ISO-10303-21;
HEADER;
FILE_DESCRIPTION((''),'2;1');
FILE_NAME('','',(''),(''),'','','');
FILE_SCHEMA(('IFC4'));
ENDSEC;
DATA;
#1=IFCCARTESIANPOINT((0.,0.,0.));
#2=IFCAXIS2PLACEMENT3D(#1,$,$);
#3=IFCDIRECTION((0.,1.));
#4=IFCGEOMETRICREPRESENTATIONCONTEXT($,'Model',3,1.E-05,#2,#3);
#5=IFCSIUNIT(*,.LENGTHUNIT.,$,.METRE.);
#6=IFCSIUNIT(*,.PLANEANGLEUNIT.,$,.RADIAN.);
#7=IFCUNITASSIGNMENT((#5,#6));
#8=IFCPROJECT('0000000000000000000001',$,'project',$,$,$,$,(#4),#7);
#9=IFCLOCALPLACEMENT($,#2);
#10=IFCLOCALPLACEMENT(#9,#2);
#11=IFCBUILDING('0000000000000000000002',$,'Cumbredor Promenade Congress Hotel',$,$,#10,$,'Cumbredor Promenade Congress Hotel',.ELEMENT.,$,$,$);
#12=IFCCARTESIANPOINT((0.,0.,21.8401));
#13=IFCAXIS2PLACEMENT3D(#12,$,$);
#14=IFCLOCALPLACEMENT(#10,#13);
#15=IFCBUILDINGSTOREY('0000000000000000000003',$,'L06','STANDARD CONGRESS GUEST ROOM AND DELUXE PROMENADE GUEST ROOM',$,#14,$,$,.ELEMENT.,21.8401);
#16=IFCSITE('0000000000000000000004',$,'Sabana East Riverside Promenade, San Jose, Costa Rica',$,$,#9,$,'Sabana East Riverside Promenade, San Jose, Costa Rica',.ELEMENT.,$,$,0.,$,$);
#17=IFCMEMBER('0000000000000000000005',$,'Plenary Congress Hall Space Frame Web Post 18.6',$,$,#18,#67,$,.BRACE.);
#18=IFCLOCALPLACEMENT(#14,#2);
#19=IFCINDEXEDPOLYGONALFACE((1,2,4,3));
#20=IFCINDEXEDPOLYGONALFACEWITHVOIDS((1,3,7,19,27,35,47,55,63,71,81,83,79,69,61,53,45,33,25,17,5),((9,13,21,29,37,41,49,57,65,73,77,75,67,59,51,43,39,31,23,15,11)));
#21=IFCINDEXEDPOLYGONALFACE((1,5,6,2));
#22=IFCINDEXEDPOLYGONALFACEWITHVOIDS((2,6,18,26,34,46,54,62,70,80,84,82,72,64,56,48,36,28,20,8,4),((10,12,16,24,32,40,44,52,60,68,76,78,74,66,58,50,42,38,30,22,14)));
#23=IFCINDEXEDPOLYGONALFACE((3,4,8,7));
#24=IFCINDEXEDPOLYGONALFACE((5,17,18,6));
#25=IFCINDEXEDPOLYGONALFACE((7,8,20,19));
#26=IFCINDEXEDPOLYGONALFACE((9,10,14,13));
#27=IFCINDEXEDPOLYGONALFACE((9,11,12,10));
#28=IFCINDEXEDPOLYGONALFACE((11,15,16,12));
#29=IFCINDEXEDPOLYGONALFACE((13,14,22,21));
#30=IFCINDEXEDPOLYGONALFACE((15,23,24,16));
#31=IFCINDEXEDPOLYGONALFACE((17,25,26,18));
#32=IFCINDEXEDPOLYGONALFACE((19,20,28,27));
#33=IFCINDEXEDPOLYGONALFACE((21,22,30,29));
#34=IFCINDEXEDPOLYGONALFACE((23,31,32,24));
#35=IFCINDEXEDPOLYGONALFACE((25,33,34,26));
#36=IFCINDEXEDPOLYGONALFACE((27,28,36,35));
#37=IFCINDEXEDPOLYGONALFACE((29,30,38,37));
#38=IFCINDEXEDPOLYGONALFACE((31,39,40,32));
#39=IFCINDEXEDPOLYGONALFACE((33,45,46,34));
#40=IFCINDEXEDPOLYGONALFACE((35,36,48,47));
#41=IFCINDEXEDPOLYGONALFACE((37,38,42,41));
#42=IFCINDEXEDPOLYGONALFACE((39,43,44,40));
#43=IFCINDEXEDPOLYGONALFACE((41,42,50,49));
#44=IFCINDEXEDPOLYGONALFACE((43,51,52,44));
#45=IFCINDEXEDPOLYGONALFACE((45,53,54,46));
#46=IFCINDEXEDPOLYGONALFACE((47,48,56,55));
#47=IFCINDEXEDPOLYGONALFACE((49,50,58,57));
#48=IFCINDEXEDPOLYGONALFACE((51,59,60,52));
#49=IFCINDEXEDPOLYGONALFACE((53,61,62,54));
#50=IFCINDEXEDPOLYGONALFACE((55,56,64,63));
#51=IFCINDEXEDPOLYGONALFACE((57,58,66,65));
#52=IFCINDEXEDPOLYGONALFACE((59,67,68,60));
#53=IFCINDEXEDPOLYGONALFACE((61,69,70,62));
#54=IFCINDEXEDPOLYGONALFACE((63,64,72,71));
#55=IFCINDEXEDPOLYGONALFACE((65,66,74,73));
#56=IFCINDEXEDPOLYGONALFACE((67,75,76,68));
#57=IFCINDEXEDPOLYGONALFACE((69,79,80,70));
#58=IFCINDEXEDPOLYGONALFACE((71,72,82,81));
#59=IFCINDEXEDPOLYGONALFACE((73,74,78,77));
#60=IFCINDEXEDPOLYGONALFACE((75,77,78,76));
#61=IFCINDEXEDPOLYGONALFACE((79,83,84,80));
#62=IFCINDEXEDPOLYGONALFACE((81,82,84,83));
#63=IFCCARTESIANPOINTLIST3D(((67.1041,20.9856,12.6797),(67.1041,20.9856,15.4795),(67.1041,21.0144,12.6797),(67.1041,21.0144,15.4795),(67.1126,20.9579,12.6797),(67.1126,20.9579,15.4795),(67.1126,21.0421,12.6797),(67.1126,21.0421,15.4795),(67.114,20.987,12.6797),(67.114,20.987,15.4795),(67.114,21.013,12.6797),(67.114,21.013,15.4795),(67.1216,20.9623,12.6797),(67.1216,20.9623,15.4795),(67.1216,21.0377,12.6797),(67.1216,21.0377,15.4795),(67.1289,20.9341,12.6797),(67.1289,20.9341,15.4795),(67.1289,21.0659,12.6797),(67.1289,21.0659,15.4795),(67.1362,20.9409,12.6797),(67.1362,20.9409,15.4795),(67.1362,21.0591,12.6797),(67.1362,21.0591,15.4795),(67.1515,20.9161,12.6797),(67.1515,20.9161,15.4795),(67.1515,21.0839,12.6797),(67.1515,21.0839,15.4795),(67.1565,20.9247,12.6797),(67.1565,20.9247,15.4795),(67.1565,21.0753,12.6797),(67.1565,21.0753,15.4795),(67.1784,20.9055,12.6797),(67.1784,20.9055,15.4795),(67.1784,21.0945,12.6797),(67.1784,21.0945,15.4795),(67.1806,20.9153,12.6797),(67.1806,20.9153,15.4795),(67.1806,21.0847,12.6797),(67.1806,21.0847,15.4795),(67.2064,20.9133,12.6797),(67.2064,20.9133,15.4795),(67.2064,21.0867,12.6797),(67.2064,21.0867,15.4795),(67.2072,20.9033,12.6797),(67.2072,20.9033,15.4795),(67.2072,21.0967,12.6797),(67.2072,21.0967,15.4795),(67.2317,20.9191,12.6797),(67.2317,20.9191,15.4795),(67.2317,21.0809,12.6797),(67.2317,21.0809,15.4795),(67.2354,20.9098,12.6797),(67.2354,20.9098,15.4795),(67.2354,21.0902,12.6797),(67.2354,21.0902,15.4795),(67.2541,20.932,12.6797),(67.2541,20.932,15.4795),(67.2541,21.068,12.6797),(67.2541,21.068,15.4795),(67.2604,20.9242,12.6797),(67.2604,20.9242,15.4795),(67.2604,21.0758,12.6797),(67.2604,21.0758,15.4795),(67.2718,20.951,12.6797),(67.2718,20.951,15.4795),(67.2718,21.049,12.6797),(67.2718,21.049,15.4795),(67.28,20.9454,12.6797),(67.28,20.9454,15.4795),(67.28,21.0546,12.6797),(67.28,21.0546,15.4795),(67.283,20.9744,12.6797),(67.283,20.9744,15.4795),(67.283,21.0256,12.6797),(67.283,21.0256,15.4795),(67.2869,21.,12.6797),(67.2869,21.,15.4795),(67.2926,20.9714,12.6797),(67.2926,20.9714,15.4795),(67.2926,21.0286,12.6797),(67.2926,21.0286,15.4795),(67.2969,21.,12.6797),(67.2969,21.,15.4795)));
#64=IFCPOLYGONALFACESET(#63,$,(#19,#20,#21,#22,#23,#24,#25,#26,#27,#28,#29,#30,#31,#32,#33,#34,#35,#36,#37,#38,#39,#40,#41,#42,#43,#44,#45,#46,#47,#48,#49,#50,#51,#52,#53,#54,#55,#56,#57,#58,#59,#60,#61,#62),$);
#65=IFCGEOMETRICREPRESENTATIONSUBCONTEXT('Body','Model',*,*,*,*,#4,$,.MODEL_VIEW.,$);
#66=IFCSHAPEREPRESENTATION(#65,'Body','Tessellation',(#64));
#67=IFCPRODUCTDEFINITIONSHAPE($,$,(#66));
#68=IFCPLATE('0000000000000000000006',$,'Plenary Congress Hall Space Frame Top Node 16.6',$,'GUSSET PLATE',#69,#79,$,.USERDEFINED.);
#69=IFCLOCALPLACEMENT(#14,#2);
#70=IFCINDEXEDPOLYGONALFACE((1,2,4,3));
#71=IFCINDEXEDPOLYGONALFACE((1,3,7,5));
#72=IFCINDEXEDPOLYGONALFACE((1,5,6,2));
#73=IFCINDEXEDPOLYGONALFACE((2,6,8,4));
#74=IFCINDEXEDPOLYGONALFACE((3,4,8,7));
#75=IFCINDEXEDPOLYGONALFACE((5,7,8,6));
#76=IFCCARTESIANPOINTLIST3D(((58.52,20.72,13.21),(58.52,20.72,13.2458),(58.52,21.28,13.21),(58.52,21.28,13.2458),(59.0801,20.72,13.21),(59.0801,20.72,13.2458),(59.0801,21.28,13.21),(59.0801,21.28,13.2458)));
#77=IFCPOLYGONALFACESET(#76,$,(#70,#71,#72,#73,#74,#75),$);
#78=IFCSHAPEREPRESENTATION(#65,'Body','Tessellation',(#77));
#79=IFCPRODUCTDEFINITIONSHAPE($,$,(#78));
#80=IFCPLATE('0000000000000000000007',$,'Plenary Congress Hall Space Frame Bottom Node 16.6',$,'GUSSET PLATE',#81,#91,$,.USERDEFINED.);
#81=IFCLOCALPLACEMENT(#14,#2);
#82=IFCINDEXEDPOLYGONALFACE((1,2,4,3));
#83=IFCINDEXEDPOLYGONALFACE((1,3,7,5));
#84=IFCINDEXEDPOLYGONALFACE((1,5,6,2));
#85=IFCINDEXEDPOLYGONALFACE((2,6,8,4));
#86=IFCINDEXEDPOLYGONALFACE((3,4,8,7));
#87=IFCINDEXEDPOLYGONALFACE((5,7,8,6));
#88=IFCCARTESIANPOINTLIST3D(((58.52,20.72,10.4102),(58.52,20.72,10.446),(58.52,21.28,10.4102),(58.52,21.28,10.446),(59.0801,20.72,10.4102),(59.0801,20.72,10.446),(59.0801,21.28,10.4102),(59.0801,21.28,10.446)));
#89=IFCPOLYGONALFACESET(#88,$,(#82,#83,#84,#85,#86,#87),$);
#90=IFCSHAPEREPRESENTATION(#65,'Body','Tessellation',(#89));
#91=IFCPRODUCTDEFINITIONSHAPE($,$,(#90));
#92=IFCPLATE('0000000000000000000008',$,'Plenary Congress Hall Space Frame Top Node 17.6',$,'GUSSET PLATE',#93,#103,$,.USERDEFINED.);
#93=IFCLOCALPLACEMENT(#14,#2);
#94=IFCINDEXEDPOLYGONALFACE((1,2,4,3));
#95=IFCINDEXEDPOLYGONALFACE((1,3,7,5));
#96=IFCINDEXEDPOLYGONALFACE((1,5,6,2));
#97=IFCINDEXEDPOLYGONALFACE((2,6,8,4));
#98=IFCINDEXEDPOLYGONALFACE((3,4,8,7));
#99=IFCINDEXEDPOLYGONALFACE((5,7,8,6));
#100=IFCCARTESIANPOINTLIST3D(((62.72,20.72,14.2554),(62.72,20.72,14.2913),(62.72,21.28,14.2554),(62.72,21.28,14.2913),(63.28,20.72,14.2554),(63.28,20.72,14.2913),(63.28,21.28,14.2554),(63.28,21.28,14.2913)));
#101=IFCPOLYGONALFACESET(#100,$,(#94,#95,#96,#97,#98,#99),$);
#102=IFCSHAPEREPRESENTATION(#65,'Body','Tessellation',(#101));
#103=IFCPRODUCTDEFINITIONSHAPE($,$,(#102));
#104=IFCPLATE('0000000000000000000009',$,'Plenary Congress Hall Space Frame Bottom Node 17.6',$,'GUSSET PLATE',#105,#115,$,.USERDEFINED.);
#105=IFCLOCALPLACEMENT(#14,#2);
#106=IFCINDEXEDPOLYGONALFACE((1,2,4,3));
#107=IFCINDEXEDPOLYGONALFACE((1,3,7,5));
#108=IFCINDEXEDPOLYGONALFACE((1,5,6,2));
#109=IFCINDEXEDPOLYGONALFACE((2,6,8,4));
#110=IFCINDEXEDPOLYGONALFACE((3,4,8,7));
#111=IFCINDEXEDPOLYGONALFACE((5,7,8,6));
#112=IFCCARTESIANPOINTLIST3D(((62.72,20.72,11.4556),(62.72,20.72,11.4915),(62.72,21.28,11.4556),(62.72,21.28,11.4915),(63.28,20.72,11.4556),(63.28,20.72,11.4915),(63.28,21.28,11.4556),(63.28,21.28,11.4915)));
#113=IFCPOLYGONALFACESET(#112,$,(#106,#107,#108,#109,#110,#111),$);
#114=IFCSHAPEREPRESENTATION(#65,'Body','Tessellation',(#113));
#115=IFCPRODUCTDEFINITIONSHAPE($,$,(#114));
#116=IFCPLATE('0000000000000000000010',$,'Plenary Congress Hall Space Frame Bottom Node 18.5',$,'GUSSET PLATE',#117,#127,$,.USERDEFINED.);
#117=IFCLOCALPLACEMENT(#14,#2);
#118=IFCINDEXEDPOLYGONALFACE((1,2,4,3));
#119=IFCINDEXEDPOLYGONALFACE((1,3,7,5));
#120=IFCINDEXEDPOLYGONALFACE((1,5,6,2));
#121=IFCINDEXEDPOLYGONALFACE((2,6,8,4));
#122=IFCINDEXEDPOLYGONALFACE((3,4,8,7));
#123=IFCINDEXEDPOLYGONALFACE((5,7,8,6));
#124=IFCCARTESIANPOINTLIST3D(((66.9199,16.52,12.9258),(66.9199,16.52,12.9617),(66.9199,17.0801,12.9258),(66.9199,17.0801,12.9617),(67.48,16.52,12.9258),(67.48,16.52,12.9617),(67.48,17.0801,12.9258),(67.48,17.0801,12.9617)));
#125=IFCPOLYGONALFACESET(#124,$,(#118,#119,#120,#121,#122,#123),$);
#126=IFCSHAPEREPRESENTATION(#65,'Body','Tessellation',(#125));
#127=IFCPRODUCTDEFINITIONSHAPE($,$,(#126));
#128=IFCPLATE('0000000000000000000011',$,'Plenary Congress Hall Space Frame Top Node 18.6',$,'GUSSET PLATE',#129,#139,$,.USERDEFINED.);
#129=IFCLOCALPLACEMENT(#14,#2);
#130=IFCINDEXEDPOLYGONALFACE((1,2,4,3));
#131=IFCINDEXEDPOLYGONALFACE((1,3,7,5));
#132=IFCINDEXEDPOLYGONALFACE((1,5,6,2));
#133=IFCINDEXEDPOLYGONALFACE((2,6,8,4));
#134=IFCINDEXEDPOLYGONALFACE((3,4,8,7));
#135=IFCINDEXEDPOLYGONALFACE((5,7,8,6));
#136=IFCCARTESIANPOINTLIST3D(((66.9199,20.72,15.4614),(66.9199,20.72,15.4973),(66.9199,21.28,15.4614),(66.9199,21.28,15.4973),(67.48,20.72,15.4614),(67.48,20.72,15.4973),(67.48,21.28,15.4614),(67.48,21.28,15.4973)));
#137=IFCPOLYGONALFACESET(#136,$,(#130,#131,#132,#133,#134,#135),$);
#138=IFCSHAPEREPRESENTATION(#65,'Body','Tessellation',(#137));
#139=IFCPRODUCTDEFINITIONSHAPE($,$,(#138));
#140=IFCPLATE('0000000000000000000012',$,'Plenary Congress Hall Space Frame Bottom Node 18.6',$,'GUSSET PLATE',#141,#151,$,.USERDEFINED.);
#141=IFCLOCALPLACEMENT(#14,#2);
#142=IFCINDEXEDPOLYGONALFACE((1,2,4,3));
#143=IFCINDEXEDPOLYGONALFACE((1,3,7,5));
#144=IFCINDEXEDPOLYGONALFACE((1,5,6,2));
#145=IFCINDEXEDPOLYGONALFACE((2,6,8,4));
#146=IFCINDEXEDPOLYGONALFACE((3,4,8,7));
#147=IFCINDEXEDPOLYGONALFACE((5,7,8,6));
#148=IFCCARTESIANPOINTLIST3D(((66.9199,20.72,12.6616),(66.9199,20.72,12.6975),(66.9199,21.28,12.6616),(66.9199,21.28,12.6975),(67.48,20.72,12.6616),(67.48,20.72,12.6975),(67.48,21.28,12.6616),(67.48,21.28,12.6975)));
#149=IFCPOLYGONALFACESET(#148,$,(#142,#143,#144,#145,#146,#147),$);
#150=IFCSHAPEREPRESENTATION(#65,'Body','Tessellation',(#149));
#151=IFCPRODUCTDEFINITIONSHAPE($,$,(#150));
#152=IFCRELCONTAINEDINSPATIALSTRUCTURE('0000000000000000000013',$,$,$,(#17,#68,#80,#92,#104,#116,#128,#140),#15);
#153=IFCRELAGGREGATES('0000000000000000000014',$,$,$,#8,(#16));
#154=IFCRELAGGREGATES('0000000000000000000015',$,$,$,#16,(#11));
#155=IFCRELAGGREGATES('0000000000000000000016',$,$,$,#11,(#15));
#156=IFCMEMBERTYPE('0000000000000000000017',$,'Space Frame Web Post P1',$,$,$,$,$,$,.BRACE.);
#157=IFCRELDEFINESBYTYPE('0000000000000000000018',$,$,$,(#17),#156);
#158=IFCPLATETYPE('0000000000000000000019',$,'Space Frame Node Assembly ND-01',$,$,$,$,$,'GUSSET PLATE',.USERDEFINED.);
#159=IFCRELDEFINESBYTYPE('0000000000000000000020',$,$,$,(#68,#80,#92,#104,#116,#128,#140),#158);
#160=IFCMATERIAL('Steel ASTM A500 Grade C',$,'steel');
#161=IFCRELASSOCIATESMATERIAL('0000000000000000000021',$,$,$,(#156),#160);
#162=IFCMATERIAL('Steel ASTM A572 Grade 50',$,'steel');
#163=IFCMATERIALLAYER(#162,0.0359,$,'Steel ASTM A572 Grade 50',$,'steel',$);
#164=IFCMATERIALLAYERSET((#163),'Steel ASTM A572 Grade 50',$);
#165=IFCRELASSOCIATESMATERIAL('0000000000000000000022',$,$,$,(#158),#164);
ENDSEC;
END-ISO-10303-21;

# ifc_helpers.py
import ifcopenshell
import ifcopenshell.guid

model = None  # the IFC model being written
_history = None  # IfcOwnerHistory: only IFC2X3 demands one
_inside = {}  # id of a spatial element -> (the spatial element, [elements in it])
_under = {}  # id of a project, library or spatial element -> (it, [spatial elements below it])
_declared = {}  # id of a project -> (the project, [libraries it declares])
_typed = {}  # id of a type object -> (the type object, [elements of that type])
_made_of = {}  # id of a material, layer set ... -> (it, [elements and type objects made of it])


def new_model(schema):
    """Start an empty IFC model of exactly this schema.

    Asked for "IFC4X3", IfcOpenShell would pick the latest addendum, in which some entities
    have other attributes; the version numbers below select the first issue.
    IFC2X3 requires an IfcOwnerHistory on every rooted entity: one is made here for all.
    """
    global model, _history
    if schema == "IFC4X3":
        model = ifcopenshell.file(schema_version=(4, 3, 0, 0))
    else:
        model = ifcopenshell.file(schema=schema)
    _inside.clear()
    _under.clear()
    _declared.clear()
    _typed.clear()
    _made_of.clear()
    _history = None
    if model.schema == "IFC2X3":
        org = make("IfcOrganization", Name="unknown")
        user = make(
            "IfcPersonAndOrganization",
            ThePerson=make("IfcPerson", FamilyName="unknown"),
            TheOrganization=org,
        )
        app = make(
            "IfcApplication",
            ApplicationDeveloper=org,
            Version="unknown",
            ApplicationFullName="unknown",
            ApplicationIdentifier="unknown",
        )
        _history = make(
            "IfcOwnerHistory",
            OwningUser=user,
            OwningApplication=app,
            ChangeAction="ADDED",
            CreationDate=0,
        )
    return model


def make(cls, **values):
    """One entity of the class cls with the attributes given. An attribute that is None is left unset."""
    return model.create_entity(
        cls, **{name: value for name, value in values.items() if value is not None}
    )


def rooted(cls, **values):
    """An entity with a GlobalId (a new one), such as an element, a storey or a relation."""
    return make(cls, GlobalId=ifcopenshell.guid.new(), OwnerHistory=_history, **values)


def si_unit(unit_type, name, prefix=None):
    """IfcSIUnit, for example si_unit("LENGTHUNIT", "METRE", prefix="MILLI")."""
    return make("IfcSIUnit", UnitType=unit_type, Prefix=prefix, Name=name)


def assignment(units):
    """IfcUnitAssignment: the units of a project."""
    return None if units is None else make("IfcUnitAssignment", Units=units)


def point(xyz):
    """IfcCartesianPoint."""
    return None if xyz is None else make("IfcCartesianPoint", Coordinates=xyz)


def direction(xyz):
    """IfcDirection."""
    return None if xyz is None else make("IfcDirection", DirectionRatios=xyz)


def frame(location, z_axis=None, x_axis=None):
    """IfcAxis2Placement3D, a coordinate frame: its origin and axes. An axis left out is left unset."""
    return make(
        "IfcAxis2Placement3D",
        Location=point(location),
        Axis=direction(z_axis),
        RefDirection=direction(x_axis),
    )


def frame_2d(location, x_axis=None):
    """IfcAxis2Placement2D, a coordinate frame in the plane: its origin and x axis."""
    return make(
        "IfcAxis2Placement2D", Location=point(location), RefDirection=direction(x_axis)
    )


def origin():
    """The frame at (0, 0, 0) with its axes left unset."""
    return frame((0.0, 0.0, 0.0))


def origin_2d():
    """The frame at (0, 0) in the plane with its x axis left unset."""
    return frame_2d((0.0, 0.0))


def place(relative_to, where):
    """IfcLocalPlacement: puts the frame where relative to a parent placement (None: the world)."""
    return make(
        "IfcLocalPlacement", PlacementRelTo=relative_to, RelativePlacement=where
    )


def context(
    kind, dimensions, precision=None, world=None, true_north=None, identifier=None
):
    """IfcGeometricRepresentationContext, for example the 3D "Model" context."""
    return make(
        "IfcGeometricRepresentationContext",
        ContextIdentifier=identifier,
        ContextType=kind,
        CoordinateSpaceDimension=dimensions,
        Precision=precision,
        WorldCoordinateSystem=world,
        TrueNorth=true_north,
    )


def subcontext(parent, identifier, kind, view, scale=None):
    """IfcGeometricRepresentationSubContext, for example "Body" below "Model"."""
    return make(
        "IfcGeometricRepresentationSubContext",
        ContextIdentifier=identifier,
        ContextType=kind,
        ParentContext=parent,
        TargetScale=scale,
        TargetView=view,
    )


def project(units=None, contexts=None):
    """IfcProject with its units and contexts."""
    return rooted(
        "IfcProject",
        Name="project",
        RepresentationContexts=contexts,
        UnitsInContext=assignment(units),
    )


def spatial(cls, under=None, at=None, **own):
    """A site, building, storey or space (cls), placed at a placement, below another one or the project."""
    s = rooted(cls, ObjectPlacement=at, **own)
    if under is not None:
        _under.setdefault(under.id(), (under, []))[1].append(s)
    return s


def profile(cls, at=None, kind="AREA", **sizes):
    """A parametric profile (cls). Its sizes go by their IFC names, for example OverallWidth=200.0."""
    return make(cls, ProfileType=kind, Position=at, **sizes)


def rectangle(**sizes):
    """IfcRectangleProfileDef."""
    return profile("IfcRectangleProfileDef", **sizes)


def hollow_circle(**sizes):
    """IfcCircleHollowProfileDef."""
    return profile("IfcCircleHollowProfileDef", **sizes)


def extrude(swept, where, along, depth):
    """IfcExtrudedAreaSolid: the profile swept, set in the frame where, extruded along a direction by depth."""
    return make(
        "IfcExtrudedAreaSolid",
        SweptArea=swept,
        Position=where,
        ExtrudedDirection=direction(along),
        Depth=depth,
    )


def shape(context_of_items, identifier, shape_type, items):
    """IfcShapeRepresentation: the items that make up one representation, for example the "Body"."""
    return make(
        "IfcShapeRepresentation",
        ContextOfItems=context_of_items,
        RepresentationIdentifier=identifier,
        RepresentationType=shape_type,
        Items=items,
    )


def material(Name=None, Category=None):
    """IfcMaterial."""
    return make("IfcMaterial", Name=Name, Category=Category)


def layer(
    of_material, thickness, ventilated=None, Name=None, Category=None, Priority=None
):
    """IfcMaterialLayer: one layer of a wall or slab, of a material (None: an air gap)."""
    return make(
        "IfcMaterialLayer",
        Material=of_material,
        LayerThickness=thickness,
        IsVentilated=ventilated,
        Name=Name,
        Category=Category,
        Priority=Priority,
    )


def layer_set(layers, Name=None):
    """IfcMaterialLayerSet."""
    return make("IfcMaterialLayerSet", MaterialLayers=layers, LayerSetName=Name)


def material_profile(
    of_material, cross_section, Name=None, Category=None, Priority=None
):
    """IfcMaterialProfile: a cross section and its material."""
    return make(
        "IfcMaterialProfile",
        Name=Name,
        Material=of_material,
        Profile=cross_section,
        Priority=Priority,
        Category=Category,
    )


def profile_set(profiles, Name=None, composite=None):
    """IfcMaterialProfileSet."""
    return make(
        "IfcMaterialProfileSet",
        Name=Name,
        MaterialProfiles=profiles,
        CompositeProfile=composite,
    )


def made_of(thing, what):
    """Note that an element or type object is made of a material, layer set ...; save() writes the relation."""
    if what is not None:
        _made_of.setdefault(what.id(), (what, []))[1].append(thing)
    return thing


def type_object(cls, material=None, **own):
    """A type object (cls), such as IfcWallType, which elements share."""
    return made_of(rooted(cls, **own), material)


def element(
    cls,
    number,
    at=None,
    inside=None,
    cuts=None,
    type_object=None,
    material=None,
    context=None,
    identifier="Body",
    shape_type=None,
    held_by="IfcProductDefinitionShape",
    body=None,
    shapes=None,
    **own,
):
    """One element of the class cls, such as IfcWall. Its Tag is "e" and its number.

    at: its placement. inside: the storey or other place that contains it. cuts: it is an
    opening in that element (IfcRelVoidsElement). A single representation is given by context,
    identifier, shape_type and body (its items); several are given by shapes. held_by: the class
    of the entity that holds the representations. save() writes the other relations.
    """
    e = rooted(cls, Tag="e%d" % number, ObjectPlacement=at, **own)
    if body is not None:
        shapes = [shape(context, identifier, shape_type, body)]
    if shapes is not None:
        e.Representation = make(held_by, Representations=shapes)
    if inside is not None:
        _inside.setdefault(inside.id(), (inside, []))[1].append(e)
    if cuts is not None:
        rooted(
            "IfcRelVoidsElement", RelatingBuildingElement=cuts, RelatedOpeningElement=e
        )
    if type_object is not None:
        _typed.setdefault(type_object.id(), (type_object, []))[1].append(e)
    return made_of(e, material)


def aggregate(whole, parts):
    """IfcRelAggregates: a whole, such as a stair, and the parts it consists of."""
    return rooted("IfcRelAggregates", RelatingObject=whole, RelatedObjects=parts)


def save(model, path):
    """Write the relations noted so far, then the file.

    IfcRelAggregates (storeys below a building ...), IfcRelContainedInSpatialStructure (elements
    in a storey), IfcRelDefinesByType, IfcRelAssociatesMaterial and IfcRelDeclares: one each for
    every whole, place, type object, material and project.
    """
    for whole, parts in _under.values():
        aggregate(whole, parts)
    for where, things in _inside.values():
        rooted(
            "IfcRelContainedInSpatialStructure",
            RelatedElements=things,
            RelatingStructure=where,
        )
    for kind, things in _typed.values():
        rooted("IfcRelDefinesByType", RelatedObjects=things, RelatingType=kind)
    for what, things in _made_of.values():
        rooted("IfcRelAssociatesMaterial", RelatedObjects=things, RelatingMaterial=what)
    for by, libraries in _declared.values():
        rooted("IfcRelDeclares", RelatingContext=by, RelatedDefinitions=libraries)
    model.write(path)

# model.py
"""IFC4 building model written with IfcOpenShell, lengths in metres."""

from ifc_helpers import new_model, si_unit, direction, frame, origin, origin_2d, place, context, subcontext, project, spatial, rectangle, hollow_circle, extrude, material, layer, layer_set, material_profile, profile_set, type_object, element, save


model = new_model("IFC4")

# Units and contexts
model_context = context("Model", 3, precision=1e-05, world=origin(), true_north=direction((0.0, 1.0)))
body_context = subcontext(model_context, "Body", "Model", "MODEL_VIEW")
ifc_project = project(units=[si_unit("LENGTHUNIT", "METRE"), si_unit("PLANEANGLEUNIT", "RADIAN")], contexts=[model_context])

# Site, building, storey
site_placement = place(None, origin())
site = spatial("IfcSite", under=ifc_project, at=site_placement, Name="Sabana East Riverside Promenade, San Jose, Costa Rica", LongName="Sabana East Riverside Promenade, San Jose, Costa Rica", CompositionType="ELEMENT", RefElevation=0.0)
building_placement = place(site_placement, origin())
building = spatial("IfcBuilding", under=site, at=building_placement, Name="Cumbredor Promenade Congress Hotel", LongName="Cumbredor Promenade Congress Hotel", CompositionType="ELEMENT")
storey_placement = place(building_placement, frame((0.0, 0.0, 21.8401)))
storey = spatial("IfcBuildingStorey", under=building, at=storey_placement, Name="L06", Description="STANDARD CONGRESS GUEST ROOM AND DELUXE PROMENADE GUEST ROOM", CompositionType="ELEMENT", Elevation=21.8401)

# Member
ifc_material_1 = material(Name="Steel ASTM A500 Grade C", Category="steel")
ifc_material_profile_1 = material_profile(ifc_material_1, hollow_circle(Radius=0.0969, WallThickness=0.01, at=origin_2d()), Name="CHS 193.7x10")
ifc_profile_set_1 = profile_set([ifc_material_profile_1], Name="Steel ASTM A500 Grade C")
member_type_1 = type_object("IfcMemberType", Name="Space Frame Web Post P1", PredefinedType="BRACE", material=ifc_profile_set_1)
member_1_placement = place(storey_placement, frame((67.2, 21.0, 12.6797), z_axis=(0.0, 0.0, 1.0), x_axis=(1.0, 0.0, 0.0)))
element("IfcMember", 1, at=member_1_placement, inside=storey, type_object=member_type_1, Name="Plenary Congress Hall Space Frame Web Post 18.6", PredefinedType="BRACE", context=body_context, shape_type="SweptSolid", body=[
    extrude(hollow_circle(Radius=0.0969, WallThickness=0.01, at=origin_2d()), origin(), (0.0, 0.0, 1.0), 2.7998),
])

# Plates
ifc_material_2 = material(Name="Steel ASTM A572 Grade 50", Category="steel")
ifc_layer = layer(ifc_material_2, 0.0359, Name="Steel ASTM A572 Grade 50", Category="steel")
ifc_layer_set = layer_set([ifc_layer], Name="Steel ASTM A572 Grade 50")
plate_type = type_object("IfcPlateType", Name="Space Frame Node Assembly ND-01", ElementType="GUSSET PLATE", PredefinedType="USERDEFINED", material=ifc_layer_set)
for number, where, z_axis, x_axis, name in (
    (2, (58.8, 21.0, 13.21), (0.0, 0.0, 1.0), (1.0, 0.0, 0.0), "Plenary Congress Hall Space Frame Top Node 16.6"),
    (3, (58.8, 21.0, 10.4102), (0.0, 0.0, 1.0), (1.0, 0.0, 0.0), "Plenary Congress Hall Space Frame Bottom Node 16.6"),
    (4, (63.0, 21.0, 14.2554), (0.0, 0.0, 1.0), (1.0, 0.0, 0.0), "Plenary Congress Hall Space Frame Top Node 17.6"),
    (5, (63.0, 21.0, 11.4556), (0.0, 0.0, 1.0), (1.0, 0.0, 0.0), "Plenary Congress Hall Space Frame Bottom Node 17.6"),
    (6, (67.2, 16.8, 12.9258), (0.0, 0.0, 1.0), (1.0, 0.0, 0.0), "Plenary Congress Hall Space Frame Bottom Node 18.5"),
    (7, (67.2, 21.0, 15.4614), (0.0, 0.0, 1.0), (1.0, 0.0, 0.0), "Plenary Congress Hall Space Frame Top Node 18.6"),
    (8, (67.2, 21.0, 12.6616), (0.0, 0.0, 1.0), (1.0, 0.0, 0.0), "Plenary Congress Hall Space Frame Bottom Node 18.6"),
):
    element("IfcPlate", number, at=place(storey_placement, frame(where, z_axis=z_axis, x_axis=x_axis)), inside=storey, type_object=plate_type, Name=name, ObjectType="GUSSET PLATE", PredefinedType="USERDEFINED", context=body_context, shape_type="SweptSolid", body=[
        extrude(rectangle(XDim=0.5601, YDim=0.5601, at=origin_2d()), origin(), (0.0, 0.0, 1.0), 0.0359),
    ])

save(model, "model.ifc")
